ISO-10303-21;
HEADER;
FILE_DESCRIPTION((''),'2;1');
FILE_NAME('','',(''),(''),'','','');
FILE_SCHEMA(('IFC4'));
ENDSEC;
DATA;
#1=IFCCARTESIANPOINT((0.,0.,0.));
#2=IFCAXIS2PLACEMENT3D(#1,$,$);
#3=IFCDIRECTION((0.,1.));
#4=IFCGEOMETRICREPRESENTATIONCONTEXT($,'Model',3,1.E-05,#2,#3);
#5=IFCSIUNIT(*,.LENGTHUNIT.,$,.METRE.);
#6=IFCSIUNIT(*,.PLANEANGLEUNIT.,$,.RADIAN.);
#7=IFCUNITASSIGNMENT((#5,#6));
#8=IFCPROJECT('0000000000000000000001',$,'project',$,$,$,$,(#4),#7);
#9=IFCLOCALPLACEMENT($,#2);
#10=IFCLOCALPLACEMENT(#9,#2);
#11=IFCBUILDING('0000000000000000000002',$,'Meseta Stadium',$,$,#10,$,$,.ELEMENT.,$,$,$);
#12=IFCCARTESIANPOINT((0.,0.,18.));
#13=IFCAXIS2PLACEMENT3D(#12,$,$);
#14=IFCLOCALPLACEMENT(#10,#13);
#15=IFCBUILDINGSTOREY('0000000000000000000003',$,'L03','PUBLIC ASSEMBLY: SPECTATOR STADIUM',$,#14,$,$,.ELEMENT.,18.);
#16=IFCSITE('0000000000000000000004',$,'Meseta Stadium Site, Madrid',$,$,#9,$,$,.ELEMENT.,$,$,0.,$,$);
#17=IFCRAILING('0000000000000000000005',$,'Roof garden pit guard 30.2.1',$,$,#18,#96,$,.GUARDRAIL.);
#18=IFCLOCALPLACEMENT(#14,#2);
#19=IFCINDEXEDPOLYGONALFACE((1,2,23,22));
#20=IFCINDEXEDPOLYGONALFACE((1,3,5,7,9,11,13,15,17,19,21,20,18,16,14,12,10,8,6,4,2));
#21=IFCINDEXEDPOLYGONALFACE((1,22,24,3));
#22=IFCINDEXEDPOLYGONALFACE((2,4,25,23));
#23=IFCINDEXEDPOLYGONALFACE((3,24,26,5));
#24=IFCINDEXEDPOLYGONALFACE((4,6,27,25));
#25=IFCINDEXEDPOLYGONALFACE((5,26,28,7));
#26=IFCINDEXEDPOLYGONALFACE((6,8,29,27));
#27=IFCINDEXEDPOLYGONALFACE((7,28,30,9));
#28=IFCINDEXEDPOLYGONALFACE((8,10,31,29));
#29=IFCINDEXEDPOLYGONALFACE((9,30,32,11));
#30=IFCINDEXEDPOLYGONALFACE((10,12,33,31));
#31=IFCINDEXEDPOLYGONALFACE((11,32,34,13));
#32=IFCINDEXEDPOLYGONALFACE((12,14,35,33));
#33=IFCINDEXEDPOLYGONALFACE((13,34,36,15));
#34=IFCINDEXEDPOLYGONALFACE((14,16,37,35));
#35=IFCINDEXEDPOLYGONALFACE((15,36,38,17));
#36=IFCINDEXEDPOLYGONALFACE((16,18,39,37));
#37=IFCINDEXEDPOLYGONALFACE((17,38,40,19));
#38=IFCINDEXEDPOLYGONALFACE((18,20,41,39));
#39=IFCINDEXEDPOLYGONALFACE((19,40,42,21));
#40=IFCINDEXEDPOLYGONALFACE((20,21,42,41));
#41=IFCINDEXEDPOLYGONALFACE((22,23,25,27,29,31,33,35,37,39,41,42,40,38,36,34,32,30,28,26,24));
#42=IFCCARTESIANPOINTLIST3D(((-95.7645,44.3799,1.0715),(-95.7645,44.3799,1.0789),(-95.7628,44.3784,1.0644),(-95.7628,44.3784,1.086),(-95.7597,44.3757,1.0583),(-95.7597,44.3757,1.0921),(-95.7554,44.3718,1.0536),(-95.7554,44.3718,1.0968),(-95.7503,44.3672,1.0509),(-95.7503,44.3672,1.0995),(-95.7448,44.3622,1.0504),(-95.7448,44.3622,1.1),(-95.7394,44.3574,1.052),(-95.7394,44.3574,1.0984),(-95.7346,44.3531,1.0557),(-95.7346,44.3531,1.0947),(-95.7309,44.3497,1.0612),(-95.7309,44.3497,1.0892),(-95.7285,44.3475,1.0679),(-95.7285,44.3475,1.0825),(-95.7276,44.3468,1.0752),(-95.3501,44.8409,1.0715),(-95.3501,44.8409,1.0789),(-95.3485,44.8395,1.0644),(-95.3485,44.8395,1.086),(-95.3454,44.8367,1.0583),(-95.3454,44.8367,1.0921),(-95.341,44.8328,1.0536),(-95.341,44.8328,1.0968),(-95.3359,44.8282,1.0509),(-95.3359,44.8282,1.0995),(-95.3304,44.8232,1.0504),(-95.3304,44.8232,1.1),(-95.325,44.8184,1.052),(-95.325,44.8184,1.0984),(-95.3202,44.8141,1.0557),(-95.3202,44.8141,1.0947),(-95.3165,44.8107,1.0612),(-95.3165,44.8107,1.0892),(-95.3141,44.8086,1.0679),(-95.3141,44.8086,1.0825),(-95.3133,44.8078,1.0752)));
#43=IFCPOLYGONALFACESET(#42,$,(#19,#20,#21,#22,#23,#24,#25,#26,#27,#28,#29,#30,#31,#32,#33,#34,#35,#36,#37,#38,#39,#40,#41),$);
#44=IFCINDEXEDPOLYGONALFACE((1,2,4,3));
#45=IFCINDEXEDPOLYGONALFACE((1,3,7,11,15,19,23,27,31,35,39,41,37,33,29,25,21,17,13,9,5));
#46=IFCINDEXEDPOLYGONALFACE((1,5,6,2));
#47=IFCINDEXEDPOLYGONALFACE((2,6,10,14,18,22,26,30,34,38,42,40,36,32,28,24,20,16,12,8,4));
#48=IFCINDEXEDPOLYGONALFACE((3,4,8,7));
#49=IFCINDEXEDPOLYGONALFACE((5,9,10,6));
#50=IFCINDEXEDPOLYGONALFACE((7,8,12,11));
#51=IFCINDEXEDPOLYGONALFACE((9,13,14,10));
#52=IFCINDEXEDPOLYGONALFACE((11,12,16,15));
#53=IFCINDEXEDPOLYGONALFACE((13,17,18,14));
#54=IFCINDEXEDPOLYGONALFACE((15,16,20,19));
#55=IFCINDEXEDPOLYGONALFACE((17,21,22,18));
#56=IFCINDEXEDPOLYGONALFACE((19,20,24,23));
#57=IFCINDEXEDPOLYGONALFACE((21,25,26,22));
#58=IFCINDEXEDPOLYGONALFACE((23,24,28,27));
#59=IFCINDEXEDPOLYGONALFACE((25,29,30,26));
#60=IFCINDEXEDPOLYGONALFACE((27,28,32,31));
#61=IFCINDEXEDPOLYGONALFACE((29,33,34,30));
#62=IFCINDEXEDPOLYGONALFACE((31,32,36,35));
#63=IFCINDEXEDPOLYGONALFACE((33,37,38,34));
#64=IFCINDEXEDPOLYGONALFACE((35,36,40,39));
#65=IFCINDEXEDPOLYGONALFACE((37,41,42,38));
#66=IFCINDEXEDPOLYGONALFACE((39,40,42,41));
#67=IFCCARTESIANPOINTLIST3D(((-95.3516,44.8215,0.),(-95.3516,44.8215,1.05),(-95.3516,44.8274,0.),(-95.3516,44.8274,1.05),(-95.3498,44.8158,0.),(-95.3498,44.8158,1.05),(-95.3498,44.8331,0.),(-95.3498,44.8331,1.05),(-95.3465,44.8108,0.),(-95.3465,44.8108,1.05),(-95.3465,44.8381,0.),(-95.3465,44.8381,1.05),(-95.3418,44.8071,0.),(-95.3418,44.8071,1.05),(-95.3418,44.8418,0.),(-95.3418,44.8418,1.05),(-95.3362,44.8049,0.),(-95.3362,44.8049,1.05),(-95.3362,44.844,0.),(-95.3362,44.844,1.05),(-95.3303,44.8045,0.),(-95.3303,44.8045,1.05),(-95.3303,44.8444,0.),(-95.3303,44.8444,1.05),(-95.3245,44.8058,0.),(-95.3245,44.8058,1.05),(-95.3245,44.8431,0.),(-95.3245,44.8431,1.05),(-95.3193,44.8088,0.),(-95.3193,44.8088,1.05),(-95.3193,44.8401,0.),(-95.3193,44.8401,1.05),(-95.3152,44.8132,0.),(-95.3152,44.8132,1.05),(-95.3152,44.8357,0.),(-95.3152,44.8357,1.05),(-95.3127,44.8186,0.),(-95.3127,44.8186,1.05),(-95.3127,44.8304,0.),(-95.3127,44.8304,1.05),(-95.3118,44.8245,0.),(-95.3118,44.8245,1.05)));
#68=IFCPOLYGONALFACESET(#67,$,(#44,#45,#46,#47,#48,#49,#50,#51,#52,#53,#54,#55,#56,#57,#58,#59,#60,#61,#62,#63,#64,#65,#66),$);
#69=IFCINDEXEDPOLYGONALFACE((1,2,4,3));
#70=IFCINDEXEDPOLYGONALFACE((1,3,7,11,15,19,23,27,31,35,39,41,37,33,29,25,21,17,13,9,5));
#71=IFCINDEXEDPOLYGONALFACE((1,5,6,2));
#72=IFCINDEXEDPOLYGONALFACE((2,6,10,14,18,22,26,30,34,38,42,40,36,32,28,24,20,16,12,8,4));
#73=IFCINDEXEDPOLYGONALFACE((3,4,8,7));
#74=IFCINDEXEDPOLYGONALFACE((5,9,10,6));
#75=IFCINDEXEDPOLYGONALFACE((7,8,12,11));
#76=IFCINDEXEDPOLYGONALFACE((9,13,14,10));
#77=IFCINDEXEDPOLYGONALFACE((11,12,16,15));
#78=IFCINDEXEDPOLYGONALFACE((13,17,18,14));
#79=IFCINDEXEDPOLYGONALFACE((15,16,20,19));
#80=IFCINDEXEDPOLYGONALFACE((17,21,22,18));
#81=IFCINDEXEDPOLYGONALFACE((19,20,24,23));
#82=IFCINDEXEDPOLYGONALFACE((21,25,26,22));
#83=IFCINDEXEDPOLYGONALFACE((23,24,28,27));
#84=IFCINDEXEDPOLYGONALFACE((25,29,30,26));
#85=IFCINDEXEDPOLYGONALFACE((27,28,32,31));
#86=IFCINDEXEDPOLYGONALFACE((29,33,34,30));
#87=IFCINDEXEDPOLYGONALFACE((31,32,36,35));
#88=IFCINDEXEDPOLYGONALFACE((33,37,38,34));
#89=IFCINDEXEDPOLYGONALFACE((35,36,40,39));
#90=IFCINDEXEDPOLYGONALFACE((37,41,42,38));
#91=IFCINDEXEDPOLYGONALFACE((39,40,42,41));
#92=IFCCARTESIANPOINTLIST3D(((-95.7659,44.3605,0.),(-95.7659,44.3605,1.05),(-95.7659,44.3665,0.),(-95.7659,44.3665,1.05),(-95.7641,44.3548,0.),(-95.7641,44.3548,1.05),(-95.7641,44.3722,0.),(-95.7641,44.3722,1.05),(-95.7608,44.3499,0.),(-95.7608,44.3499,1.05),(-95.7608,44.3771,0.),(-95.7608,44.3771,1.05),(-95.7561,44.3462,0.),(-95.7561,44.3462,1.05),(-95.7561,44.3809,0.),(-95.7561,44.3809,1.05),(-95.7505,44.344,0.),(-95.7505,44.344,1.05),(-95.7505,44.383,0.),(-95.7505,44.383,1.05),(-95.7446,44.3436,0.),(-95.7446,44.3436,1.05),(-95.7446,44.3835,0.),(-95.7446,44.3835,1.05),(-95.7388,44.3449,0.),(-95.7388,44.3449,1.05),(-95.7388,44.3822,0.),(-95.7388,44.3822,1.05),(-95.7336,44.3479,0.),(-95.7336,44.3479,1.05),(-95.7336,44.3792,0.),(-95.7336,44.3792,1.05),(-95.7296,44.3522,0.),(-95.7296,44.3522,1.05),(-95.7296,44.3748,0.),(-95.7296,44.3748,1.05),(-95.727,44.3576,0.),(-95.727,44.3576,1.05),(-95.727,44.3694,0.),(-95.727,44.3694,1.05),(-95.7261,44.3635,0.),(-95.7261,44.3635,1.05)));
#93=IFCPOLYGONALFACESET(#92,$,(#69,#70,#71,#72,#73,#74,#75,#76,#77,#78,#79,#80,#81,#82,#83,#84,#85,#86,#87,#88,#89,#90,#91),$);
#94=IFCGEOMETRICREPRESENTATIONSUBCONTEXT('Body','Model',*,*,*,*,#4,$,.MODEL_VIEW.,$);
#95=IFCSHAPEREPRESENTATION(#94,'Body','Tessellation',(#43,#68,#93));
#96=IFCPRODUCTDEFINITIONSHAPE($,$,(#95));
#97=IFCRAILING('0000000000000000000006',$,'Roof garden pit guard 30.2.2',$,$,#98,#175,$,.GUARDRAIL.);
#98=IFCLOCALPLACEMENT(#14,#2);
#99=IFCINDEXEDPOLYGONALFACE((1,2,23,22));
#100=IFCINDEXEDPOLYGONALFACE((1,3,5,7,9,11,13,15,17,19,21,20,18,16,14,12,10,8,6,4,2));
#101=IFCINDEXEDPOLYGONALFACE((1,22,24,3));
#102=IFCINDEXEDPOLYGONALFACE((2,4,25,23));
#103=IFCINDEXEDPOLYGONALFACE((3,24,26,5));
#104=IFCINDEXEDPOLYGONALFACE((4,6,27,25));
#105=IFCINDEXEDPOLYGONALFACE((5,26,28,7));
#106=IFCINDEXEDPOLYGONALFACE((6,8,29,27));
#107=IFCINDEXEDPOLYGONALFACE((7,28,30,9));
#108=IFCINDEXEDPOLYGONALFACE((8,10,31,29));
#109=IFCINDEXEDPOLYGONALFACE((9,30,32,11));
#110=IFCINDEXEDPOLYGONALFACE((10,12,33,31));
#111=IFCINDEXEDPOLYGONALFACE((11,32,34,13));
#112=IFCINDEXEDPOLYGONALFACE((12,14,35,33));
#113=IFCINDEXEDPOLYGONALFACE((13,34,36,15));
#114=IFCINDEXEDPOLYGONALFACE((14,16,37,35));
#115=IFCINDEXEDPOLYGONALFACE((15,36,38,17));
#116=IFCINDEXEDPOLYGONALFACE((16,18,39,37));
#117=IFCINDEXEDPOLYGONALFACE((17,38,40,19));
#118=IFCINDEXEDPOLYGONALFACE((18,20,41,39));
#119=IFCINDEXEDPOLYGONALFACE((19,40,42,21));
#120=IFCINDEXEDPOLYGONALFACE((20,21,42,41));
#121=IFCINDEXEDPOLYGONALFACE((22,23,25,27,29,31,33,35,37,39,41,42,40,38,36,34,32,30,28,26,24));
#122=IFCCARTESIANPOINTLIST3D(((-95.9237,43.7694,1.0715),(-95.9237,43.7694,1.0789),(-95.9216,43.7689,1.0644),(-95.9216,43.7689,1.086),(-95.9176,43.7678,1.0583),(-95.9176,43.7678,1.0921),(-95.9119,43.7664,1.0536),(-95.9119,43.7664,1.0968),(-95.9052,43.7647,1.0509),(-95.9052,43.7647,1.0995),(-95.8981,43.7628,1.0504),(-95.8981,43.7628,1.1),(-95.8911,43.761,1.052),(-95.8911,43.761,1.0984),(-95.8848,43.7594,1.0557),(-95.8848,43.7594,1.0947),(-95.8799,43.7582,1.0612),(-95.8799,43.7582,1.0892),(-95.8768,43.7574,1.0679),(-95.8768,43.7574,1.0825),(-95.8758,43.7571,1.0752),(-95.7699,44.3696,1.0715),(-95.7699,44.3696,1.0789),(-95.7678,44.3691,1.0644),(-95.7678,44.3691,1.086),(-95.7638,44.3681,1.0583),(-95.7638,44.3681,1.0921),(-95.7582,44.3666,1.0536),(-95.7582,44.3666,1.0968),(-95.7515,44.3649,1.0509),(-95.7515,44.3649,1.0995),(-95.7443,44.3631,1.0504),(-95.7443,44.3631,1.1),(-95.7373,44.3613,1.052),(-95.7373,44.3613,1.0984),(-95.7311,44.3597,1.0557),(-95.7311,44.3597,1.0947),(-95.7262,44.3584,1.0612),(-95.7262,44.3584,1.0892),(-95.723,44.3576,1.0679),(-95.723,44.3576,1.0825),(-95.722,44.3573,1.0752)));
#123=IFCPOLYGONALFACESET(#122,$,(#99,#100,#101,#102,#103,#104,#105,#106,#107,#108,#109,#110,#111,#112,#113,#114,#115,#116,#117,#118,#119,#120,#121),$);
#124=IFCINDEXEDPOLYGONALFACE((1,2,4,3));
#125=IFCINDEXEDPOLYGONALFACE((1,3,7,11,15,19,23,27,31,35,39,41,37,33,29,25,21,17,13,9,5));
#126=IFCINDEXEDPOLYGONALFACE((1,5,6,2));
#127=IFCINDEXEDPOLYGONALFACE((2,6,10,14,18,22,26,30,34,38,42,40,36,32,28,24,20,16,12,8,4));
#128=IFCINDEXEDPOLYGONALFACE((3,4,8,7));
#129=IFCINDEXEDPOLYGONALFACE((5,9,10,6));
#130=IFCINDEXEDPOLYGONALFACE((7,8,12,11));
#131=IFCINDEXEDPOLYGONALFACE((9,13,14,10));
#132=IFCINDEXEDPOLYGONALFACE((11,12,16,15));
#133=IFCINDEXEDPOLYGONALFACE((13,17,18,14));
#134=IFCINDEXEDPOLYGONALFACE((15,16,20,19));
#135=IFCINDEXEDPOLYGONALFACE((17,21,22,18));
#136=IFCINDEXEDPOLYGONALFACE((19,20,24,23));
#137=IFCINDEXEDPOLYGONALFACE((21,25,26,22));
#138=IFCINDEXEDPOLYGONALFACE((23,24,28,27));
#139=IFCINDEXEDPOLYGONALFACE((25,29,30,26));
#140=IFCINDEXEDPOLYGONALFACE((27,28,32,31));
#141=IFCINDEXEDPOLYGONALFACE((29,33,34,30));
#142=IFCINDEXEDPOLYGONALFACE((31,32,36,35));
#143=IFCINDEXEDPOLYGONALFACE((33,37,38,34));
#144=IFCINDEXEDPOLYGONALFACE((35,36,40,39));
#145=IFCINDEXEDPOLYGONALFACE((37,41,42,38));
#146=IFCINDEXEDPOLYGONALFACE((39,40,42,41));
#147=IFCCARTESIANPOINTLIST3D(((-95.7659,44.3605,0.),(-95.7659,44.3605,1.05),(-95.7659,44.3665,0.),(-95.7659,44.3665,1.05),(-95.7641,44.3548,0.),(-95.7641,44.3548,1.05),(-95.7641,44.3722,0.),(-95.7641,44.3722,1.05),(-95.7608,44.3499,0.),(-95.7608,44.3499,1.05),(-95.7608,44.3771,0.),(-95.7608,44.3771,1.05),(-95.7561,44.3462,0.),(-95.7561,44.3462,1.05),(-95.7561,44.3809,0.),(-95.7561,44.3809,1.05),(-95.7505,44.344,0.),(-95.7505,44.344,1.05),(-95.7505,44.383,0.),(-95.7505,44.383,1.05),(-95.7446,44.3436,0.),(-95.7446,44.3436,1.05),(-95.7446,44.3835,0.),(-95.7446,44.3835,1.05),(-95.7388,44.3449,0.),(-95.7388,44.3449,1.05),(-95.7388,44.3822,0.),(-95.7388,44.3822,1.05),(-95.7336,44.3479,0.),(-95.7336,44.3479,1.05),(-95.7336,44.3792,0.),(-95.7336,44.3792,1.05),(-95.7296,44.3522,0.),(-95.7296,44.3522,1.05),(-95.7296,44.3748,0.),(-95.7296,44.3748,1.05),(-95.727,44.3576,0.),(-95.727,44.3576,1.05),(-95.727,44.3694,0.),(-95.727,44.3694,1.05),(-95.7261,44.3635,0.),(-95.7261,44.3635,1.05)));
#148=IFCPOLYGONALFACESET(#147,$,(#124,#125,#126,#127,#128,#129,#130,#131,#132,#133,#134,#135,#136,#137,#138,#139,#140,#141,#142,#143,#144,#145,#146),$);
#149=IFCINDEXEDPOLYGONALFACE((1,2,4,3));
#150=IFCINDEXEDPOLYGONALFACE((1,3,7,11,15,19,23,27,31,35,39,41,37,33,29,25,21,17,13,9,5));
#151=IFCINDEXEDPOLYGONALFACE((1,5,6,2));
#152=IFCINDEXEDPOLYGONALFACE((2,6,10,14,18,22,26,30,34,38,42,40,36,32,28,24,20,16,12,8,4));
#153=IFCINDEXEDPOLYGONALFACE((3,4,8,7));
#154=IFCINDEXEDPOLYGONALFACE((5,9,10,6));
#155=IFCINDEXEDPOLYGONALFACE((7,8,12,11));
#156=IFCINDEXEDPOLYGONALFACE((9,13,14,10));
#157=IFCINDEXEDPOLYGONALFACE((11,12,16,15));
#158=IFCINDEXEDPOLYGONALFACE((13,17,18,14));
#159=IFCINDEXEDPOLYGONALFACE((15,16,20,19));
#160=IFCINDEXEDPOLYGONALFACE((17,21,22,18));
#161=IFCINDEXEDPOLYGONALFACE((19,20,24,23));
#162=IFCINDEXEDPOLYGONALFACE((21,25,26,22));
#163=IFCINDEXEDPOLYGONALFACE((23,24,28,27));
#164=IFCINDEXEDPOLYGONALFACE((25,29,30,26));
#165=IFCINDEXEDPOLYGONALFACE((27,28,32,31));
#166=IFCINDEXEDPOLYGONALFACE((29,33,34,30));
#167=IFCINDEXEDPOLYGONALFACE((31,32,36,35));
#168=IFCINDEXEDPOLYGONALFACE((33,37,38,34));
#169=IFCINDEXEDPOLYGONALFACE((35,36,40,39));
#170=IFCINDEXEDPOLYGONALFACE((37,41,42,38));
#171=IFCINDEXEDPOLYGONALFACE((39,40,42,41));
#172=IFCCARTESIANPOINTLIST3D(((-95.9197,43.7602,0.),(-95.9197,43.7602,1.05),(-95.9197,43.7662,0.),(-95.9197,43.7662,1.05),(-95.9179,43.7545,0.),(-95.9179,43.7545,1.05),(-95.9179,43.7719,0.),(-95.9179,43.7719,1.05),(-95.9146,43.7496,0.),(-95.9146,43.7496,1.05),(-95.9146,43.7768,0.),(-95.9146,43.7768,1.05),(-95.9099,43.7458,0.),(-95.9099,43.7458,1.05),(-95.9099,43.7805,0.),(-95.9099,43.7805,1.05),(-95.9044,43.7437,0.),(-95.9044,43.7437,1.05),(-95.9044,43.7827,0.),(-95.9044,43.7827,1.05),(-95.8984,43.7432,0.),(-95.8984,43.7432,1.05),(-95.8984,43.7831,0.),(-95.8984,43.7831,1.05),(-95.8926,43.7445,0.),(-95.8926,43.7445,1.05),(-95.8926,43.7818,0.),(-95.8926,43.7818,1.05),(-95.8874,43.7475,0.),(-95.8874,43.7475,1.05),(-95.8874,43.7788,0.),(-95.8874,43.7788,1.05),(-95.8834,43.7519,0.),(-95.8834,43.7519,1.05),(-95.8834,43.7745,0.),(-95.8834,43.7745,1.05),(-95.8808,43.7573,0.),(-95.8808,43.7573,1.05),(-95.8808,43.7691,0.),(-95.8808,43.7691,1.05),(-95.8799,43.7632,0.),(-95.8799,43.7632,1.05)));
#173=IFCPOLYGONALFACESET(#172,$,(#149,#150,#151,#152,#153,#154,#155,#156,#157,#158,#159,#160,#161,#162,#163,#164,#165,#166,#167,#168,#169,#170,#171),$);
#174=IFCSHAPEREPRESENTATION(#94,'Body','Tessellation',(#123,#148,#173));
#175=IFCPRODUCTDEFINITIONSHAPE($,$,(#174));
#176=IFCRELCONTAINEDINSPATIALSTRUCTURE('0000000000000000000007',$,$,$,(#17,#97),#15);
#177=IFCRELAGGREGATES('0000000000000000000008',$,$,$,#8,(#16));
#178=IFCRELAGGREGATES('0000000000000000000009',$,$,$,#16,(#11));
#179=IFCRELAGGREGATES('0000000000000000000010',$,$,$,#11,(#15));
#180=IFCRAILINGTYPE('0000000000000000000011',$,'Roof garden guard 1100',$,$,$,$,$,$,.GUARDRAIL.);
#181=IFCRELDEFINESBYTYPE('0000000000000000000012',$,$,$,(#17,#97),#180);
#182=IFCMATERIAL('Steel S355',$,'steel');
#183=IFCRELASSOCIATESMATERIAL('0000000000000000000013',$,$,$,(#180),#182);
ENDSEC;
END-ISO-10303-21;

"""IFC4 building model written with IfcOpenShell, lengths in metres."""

from ifc_helpers import new_model, si_unit, direction, frame, origin, origin_2d, place, context, subcontext, project, spatial, circle, extrude, material, type_object, element, save


model = new_model("IFC4")

# Units and contexts
model_context = context("Model", 3, precision=1e-05, world=origin(), true_north=direction((0.0, 1.0)))
body_context = subcontext(model_context, "Body", "Model", "MODEL_VIEW")
ifc_project = project(units=[si_unit("LENGTHUNIT", "METRE"), si_unit("PLANEANGLEUNIT", "RADIAN")], contexts=[model_context])

# Site, building, storey
site_placement = place(None, origin())
site = spatial("IfcSite", under=ifc_project, at=site_placement, Name="Meseta Stadium Site, Madrid", CompositionType="ELEMENT", RefElevation=0.0)
building_placement = place(site_placement, origin())
building = spatial("IfcBuilding", under=site, at=building_placement, Name="Meseta Stadium", CompositionType="ELEMENT")
storey_placement = place(building_placement, frame((0.0, 0.0, 18.0)))
storey = spatial("IfcBuildingStorey", under=building, at=storey_placement, Name="L03", Description="PUBLIC ASSEMBLY: SPECTATOR STADIUM", CompositionType="ELEMENT", Elevation=18.0)

# Railings
ifc_material_1 = material(Name="Steel S355", Category="steel")
railing_type = type_object("IfcRailingType", Name="Roof garden guard 1100", PredefinedType="GUARDRAIL", material=ifc_material_1)
railing_1_placement = place(storey_placement, frame((-95.3318, 44.8245, 0.0)))
element("IfcRailing", 1, at=railing_1_placement, inside=storey, type_object=railing_type, Name="Roof garden pit guard 30.2.1", PredefinedType="GUARDRAIL", context=body_context, shape_type="SweptSolid", body=[
    extrude(circle(Radius=0.0249, at=origin_2d()), frame((0.0, 0.0, 1.0752), z_axis=(-0.668486, -0.743725, 0.0), x_axis=(0.743725, -0.668486, 0.0)), (0.0, 0.0, 1.0), 0.6199),
    extrude(circle(Radius=0.02, at=origin_2d()), origin(), (0.0, 0.0, 1.0), 1.05),
    extrude(circle(Radius=0.02, at=origin_2d()), frame((-0.4143, -0.4609, 0.0)), (0.0, 0.0, 1.0), 1.05),
])
railing_2_placement = place(storey_placement, frame((-95.7461, 44.3635, 0.0)))
element("IfcRailing", 2, at=railing_2_placement, inside=storey, type_object=railing_type, Name="Roof garden pit guard 30.2.2", PredefinedType="GUARDRAIL", context=body_context, shape_type="SweptSolid", body=[
    extrude(circle(Radius=0.0249, at=origin_2d()), frame((0.0, 0.0, 1.0752), z_axis=(-0.248186, -0.968712, 0.0), x_axis=(0.968712, -0.248186, 0.0)), (0.0, 0.0, 1.0), 0.6196),
    extrude(circle(Radius=0.02, at=origin_2d()), origin(), (0.0, 0.0, 1.0), 1.05),
    extrude(circle(Radius=0.02, at=origin_2d()), frame((-0.1538, -0.6003, 0.0)), (0.0, 0.0, 1.0), 1.05),
])

save(model, "model.ifc")
